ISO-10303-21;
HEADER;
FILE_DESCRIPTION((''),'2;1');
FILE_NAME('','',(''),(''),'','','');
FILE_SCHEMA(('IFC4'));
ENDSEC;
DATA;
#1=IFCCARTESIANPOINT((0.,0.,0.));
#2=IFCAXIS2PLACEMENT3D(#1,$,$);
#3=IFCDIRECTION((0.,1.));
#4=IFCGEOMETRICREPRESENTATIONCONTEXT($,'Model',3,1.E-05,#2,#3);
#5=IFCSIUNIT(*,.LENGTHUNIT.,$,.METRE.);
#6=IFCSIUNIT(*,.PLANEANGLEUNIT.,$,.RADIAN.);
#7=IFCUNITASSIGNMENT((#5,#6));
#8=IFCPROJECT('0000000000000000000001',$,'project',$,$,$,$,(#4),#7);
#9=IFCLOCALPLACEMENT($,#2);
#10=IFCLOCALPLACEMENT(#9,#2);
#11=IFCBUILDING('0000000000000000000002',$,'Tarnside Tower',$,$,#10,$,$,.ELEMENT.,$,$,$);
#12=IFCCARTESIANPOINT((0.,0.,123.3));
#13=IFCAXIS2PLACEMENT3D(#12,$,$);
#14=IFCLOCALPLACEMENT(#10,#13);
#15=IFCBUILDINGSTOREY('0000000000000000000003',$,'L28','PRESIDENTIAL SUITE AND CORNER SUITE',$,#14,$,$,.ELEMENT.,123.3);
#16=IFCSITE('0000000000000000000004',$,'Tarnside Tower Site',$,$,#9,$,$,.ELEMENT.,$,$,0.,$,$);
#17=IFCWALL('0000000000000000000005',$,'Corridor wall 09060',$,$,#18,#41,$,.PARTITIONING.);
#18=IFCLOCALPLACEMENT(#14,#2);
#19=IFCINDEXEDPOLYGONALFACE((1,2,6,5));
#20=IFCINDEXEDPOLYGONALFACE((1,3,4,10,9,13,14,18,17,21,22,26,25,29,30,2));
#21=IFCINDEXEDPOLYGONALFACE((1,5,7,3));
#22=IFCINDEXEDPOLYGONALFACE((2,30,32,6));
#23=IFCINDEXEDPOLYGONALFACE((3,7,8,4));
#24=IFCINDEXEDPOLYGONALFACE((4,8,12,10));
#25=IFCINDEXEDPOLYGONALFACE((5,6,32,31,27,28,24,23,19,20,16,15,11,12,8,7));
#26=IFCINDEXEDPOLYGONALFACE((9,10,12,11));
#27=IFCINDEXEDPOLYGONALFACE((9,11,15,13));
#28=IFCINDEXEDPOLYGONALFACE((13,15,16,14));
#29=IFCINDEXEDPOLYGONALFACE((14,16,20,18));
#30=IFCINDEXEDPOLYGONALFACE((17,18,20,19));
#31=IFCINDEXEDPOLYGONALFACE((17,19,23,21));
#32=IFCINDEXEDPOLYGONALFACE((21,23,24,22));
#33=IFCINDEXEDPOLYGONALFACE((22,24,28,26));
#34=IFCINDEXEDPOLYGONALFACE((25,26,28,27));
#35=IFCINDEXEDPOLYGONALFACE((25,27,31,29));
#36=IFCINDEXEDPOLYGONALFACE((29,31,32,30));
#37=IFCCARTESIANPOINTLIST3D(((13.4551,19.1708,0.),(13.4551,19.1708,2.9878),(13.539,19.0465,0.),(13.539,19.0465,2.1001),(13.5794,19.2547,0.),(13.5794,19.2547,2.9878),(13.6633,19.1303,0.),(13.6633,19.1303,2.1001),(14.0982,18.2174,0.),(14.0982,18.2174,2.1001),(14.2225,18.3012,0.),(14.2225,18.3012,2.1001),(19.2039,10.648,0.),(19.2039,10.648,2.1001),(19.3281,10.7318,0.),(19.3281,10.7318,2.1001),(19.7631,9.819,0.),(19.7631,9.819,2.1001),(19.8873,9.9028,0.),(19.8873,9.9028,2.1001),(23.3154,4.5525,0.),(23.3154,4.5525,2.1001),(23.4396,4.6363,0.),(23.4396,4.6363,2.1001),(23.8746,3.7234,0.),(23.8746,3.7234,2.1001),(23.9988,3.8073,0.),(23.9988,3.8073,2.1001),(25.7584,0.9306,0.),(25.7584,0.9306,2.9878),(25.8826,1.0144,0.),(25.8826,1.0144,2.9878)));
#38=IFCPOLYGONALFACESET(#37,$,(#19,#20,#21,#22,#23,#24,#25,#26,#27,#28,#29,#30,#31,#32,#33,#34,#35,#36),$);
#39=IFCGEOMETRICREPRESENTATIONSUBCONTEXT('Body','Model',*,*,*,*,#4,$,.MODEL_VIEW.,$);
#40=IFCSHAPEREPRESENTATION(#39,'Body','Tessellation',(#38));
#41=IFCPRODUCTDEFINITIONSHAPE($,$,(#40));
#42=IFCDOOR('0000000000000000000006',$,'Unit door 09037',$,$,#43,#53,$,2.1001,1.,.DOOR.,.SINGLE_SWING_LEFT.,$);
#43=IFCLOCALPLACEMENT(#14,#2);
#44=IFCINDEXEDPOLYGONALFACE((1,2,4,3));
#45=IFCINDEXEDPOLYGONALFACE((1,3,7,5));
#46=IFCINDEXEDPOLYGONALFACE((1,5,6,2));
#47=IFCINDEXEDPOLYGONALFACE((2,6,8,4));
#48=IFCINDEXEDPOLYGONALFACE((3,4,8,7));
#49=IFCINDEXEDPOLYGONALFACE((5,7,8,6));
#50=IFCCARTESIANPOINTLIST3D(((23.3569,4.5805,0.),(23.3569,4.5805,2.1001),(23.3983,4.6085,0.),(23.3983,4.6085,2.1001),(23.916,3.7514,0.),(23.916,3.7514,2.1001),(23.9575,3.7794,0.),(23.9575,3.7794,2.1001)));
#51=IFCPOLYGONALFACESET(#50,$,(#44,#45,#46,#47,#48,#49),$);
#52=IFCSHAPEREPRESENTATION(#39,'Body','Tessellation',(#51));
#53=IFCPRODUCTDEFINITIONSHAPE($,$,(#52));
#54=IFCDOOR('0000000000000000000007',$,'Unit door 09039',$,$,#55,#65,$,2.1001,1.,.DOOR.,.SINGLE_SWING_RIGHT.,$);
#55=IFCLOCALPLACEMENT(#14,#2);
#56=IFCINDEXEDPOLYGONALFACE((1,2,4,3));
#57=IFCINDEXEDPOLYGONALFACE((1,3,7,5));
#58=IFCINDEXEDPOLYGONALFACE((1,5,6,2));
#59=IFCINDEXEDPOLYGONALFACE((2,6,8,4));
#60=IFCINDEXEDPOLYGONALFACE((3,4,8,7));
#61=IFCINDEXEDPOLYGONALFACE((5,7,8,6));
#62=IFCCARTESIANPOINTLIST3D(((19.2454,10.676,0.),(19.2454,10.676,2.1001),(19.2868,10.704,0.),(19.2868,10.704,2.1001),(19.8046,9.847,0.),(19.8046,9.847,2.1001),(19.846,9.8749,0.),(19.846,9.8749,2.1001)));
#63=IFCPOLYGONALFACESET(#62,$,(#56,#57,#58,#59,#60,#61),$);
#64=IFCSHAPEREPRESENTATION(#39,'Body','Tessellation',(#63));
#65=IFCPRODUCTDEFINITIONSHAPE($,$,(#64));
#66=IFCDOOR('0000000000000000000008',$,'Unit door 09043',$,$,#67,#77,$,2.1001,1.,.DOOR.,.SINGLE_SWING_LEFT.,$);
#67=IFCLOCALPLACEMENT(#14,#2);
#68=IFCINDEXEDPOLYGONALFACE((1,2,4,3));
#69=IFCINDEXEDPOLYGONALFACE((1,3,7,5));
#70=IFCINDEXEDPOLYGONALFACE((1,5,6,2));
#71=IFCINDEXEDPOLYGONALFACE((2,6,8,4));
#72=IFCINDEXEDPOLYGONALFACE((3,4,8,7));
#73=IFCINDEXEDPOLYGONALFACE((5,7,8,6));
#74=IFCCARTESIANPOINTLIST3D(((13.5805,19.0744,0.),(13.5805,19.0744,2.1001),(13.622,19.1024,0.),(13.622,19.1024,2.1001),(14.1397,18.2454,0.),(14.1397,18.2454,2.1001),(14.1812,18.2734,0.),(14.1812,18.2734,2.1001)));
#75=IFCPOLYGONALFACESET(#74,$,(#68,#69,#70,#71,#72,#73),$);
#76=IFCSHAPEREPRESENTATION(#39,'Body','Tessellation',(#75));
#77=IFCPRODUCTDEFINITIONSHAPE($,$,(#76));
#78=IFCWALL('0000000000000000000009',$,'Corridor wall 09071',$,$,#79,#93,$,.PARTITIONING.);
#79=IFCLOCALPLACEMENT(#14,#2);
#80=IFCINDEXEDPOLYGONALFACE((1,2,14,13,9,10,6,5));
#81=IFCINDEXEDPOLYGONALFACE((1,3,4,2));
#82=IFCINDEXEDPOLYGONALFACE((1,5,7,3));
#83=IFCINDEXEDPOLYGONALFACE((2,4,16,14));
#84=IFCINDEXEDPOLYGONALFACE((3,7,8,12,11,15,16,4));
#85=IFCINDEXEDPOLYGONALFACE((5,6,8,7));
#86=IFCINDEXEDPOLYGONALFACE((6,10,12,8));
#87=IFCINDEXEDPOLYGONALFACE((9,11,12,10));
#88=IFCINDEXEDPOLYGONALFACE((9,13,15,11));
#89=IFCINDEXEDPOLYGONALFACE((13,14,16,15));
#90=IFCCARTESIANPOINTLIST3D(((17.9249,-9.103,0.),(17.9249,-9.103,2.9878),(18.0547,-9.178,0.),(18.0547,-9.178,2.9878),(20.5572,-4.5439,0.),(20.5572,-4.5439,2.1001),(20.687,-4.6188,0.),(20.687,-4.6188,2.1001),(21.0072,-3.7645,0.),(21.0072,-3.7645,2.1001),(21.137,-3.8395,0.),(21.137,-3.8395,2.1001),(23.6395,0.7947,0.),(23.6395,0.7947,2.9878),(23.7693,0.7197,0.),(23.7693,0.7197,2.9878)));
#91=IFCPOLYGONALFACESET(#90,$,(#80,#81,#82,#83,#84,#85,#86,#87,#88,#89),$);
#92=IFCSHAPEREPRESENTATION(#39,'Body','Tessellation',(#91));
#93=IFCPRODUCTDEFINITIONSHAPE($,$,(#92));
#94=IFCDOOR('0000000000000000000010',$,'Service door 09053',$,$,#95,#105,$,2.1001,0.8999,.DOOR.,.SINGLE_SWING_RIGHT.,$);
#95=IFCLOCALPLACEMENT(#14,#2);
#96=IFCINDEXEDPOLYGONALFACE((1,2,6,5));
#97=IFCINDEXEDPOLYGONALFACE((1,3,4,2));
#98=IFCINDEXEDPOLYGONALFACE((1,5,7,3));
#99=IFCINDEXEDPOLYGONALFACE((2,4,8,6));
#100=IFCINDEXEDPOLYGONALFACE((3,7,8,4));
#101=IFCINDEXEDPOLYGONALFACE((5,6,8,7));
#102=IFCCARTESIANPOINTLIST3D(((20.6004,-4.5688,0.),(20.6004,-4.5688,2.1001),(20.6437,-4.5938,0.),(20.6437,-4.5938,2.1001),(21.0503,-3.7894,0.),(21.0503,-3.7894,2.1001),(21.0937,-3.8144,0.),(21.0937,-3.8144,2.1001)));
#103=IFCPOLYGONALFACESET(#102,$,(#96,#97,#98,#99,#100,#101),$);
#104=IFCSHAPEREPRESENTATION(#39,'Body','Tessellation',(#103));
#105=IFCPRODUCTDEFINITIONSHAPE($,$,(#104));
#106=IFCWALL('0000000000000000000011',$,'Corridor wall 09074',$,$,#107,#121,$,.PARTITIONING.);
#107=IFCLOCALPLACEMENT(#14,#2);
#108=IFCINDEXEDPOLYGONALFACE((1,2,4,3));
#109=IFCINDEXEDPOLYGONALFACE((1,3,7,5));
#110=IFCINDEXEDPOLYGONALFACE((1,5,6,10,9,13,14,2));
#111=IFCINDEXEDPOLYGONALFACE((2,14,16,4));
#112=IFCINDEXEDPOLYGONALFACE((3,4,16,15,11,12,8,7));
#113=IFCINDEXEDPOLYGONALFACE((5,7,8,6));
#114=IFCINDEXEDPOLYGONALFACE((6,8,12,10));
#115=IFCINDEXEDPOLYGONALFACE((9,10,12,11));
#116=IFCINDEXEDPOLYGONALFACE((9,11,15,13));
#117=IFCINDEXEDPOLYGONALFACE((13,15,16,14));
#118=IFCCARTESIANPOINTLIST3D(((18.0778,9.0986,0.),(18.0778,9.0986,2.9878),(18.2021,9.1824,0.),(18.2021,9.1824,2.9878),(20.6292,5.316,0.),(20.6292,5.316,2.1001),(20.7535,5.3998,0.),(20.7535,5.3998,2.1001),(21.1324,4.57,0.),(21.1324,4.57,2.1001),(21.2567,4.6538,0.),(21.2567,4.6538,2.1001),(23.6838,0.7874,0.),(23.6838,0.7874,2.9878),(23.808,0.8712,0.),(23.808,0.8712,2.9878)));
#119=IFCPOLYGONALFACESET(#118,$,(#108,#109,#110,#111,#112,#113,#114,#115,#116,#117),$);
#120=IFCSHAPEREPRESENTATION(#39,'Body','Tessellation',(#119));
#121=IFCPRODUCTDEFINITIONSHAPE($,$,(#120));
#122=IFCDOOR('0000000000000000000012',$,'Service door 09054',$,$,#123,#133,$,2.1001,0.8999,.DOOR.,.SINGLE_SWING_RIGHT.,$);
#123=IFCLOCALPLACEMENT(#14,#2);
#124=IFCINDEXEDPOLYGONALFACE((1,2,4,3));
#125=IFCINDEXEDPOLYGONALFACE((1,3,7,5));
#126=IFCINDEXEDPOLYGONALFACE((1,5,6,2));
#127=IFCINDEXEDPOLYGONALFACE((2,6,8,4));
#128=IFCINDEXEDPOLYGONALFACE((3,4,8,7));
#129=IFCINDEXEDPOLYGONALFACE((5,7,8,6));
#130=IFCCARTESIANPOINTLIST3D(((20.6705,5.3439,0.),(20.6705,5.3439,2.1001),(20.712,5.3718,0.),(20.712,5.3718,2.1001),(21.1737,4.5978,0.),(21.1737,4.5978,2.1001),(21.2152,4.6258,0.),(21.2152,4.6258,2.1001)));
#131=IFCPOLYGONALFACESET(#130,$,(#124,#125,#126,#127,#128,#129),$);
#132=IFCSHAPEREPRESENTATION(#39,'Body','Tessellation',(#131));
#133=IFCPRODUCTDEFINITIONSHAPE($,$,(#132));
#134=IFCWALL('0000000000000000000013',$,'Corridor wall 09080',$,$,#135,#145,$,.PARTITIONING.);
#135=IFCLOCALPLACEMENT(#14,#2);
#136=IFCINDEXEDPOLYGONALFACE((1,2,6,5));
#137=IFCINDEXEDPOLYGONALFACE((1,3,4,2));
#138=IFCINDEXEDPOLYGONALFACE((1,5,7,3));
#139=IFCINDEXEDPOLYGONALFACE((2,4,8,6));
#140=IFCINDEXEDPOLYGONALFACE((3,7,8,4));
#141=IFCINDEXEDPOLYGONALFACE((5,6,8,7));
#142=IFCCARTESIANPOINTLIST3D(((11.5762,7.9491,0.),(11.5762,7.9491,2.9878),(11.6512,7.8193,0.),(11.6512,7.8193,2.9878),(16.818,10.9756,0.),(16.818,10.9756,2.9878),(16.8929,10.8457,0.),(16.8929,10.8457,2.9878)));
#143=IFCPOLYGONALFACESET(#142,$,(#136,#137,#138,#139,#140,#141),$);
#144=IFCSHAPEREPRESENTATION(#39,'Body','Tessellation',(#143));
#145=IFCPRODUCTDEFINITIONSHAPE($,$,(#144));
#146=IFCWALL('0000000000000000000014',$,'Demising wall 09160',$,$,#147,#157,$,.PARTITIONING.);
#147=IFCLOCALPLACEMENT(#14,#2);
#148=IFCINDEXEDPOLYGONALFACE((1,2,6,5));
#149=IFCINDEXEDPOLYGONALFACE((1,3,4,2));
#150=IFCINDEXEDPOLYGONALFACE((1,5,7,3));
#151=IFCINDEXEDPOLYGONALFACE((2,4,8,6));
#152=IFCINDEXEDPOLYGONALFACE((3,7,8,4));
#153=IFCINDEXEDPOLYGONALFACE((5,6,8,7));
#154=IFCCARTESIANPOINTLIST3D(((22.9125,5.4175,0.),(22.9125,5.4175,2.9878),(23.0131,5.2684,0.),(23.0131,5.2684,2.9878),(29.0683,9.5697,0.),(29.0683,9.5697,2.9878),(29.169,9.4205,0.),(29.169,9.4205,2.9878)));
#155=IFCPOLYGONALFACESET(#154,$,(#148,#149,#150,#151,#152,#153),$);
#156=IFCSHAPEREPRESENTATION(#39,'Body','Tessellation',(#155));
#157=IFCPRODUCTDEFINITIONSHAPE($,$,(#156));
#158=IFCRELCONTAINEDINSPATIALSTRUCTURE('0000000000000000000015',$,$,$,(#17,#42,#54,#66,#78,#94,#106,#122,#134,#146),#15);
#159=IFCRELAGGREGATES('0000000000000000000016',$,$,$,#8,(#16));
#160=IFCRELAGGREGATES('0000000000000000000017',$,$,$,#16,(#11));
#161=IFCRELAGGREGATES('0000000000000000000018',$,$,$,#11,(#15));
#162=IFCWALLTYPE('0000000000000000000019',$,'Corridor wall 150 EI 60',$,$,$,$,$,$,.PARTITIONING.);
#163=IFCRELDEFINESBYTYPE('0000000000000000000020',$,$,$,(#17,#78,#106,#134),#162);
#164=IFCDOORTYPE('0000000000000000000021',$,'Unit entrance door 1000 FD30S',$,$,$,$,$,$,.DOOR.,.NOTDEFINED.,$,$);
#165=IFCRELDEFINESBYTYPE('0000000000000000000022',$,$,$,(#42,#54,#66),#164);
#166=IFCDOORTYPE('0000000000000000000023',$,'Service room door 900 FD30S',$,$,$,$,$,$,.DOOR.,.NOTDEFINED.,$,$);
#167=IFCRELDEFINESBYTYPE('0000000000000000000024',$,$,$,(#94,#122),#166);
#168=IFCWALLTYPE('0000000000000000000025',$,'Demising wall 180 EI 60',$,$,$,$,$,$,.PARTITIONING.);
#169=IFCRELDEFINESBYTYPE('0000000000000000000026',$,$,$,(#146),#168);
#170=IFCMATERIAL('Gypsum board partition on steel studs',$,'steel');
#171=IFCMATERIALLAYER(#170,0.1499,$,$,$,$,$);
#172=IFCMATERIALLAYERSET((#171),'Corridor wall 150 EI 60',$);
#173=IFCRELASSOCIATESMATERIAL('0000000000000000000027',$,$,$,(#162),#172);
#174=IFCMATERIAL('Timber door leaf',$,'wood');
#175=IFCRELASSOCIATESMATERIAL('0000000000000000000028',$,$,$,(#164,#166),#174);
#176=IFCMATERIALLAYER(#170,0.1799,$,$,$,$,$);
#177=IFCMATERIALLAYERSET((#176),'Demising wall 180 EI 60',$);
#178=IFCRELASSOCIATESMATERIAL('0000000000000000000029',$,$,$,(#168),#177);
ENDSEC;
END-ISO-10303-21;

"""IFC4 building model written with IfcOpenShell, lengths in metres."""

from ifc_helpers import new_model, si_unit, direction, frame, frame_2d, origin, place, context, subcontext, project, spatial, rectangle, extrude, material, layer, layer_set, type_object, element, fill, save


model = new_model("IFC4")

# Units and contexts
model_context = context("Model", 3, precision=1e-05, world=origin(), true_north=direction((0.0, 1.0)))
body_context = subcontext(model_context, "Body", "Model", "MODEL_VIEW")
ifc_project = project(units=[si_unit("LENGTHUNIT", "METRE"), si_unit("PLANEANGLEUNIT", "RADIAN")], contexts=[model_context])

# Site, building, storey
site_placement = place(None, origin())
site = spatial("IfcSite", under=ifc_project, at=site_placement, Name="Tarnside Tower Site", CompositionType="ELEMENT", RefElevation=0.0)
building_placement = place(site_placement, origin())
building = spatial("IfcBuilding", under=site, at=building_placement, Name="Tarnside Tower", CompositionType="ELEMENT")
storey_placement = place(building_placement, frame((0.0, 0.0, 123.3)))
storey = spatial("IfcBuildingStorey", under=building, at=storey_placement, Name="L28", Description="PRESIDENTIAL SUITE AND CORNER SUITE", CompositionType="ELEMENT", Elevation=123.3)

# Shared definitions
ifc_material_1 = material(Name="Gypsum board partition on steel studs", Category="steel")
ifc_material_2 = material(Name="Timber door leaf", Category="wood")

# Wall, openings, doors
ifc_layer_1 = layer(ifc_material_1, 0.1499)
ifc_layer_set_1 = layer_set([ifc_layer_1], Name="Corridor wall 150 EI 60")
wall_type_1 = type_object("IfcWallType", Name="Corridor wall 150 EI 60", PredefinedType="PARTITIONING", material=ifc_layer_set_1)
wall_1_placement = place(storey_placement, frame((25.8206, 0.9724, 0.0), z_axis=(0.0, 0.0, 1.0), x_axis=(-0.559194, 0.829037, 0.0)))
wall_1 = element("IfcWall", 1, at=wall_1_placement, inside=storey, type_object=wall_type_1, Name="Corridor wall 09060", PredefinedType="PARTITIONING", context=body_context, shape_type="SweptSolid", body=[
    extrude(rectangle(XDim=22.0017, YDim=0.1499, at=frame_2d((11.001, 0.0))), origin(), (0.0, 0.0, 1.0), 2.9878),
])
opening_1_placement = place(wall_1_placement, frame((3.3689, 0.0, 0.0)))
opening_1 = element("IfcOpeningElement", 2, at=opening_1_placement, cuts=wall_1, PredefinedType="OPENING", context=body_context, shape_type="SweptSolid", body=[
    extrude(rectangle(XDim=1.0, YDim=2.1001, at=frame_2d((0.5, 1.05))), frame((0.0, 0.085, 0.0), z_axis=(0.0, -1.0, 0.0), x_axis=(1.0, 0.0, 0.0)), (0.0, 0.0, 1.0), 0.1699),
])
opening_2_placement = place(wall_1_placement, frame((10.7214, 0.0, 0.0)))
opening_2 = element("IfcOpeningElement", 3, at=opening_2_placement, cuts=wall_1, PredefinedType="OPENING", context=body_context, shape_type="SweptSolid", body=[
    extrude(rectangle(XDim=1.0, YDim=2.1001, at=frame_2d((0.5, 1.05))), frame((0.0, 0.085, 0.0), z_axis=(0.0, -1.0, 0.0), x_axis=(1.0, 0.0, 0.0)), (0.0, 0.0, 1.0), 0.1699),
])
opening_3_placement = place(wall_1_placement, frame((20.8518, 0.0, 0.0)))
opening_3 = element("IfcOpeningElement", 4, at=opening_3_placement, cuts=wall_1, PredefinedType="OPENING", context=body_context, shape_type="SweptSolid", body=[
    extrude(rectangle(XDim=1.0, YDim=2.1001, at=frame_2d((0.5, 1.05))), frame((0.0, 0.085, 0.0), z_axis=(0.0, -1.0, 0.0), x_axis=(1.0, 0.0, 0.0)), (0.0, 0.0, 1.0), 0.1699),
])
door_type_1 = type_object("IfcDoorType", Name="Unit entrance door 1000 FD30S", OperationType="NOTDEFINED", PredefinedType="DOOR", material=ifc_material_2)
door_1_placement = place(opening_1_placement, origin())
door_1 = element("IfcDoor", 5, at=door_1_placement, inside=storey, type_object=door_type_1, Name="Unit door 09037", OperationType="SINGLE_SWING_LEFT", OverallHeight=2.1001, OverallWidth=1.0, PredefinedType="DOOR", context=body_context, shape_type="SweptSolid", body=[
    extrude(rectangle(XDim=1.0, YDim=2.1001, at=frame_2d((0.5, 1.05))), frame((0.0, 0.0249, 0.0), z_axis=(0.0, -1.0, 0.0), x_axis=(1.0, 0.0, 0.0)), (0.0, 0.0, 1.0), 0.05),
])
fill(opening_1, door_1)
door_2_placement = place(opening_2_placement, origin())
door_2 = element("IfcDoor", 6, at=door_2_placement, inside=storey, type_object=door_type_1, Name="Unit door 09039", OperationType="SINGLE_SWING_RIGHT", OverallHeight=2.1001, OverallWidth=1.0, PredefinedType="DOOR", context=body_context, shape_type="SweptSolid", body=[
    extrude(rectangle(XDim=1.0, YDim=2.1001, at=frame_2d((0.5, 1.05))), frame((0.0, 0.0249, 0.0), z_axis=(0.0, -1.0, 0.0), x_axis=(1.0, 0.0, 0.0)), (0.0, 0.0, 1.0), 0.05),
])
fill(opening_2, door_2)
door_3_placement = place(opening_3_placement, origin())
door_3 = element("IfcDoor", 7, at=door_3_placement, inside=storey, type_object=door_type_1, Name="Unit door 09043", OperationType="SINGLE_SWING_LEFT", OverallHeight=2.1001, OverallWidth=1.0, PredefinedType="DOOR", context=body_context, shape_type="SweptSolid", body=[
    extrude(rectangle(XDim=1.0, YDim=2.1001, at=frame_2d((0.5, 1.05))), frame((0.0, 0.0249, 0.0), z_axis=(0.0, -1.0, 0.0), x_axis=(1.0, 0.0, 0.0)), (0.0, 0.0, 1.0), 0.05),
])
fill(opening_3, door_3)

# Walls, openings, doors
wall_2_placement = place(storey_placement, frame((23.7043, 0.7571, 0.0), z_axis=(0.0, 0.0, 1.0), x_axis=(-0.50001, -0.866019, 0.0)))
wall_2 = element("IfcWall", 8, at=wall_2_placement, inside=storey, type_object=wall_type_1, Name="Corridor wall 09071", PredefinedType="PARTITIONING", context=body_context, shape_type="SweptSolid", body=[
    extrude(rectangle(XDim=11.429, YDim=0.1499, at=frame_2d((5.7144, 0.0))), origin(), (0.0, 0.0, 1.0), 2.9878),
])
opening_4_placement = place(wall_2_placement, frame((5.2644, 0.0, 0.0)))
opening_4 = element("IfcOpeningElement", 9, at=opening_4_placement, cuts=wall_2, PredefinedType="OPENING", context=body_context, shape_type="SweptSolid", body=[
    extrude(rectangle(XDim=0.8999, YDim=2.1001, at=frame_2d((0.45, 1.05))), frame((0.0, 0.085, 0.0), z_axis=(0.0, -1.0, 0.0), x_axis=(1.0, 0.0, 0.0)), (0.0, 0.0, 1.0), 0.1699),
])
door_type_2 = type_object("IfcDoorType", Name="Service room door 900 FD30S", OperationType="NOTDEFINED", PredefinedType="DOOR", material=ifc_material_2)
door_4_placement = place(opening_4_placement, origin())
door_4 = element("IfcDoor", 10, at=door_4_placement, inside=storey, type_object=door_type_2, Name="Service door 09053", OperationType="SINGLE_SWING_RIGHT", OverallHeight=2.1001, OverallWidth=0.8999, PredefinedType="DOOR", context=body_context, shape_type="SweptSolid", body=[
    extrude(rectangle(XDim=0.8999, YDim=2.1001, at=frame_2d((0.45, 1.05))), frame((0.0, 0.0249, 0.0), z_axis=(0.0, -1.0, 0.0), x_axis=(1.0, 0.0, 0.0)), (0.0, 0.0, 1.0), 0.05),
])
fill(opening_4, door_4)
wall_3_placement = place(storey_placement, frame((18.1399, 9.1406, 0.0), z_axis=(0.0, 0.0, 1.0), x_axis=(0.559188, -0.829041, 0.0)))
wall_3 = element("IfcWall", 11, at=wall_3_placement, inside=storey, type_object=wall_type_1, Name="Corridor wall 09074", PredefinedType="PARTITIONING", context=body_context, shape_type="SweptSolid", body=[
    extrude(rectangle(XDim=10.0251, YDim=0.1499, at=frame_2d((5.0127, 0.0))), origin(), (0.0, 0.0, 1.0), 2.9878),
])
opening_5_placement = place(wall_3_placement, frame((4.5627, 0.0, 0.0)))
opening_5 = element("IfcOpeningElement", 12, at=opening_5_placement, cuts=wall_3, PredefinedType="OPENING", context=body_context, shape_type="SweptSolid", body=[
    extrude(rectangle(XDim=0.8999, YDim=2.1001, at=frame_2d((0.45, 1.05))), frame((0.0, 0.085, 0.0), z_axis=(0.0, -1.0, 0.0), x_axis=(1.0, 0.0, 0.0)), (0.0, 0.0, 1.0), 0.1699),
])
door_5_placement = place(opening_5_placement, origin())
door_5 = element("IfcDoor", 13, at=door_5_placement, inside=storey, type_object=door_type_2, Name="Service door 09054", OperationType="SINGLE_SWING_RIGHT", OverallHeight=2.1001, OverallWidth=0.8999, PredefinedType="DOOR", context=body_context, shape_type="SweptSolid", body=[
    extrude(rectangle(XDim=0.8999, YDim=2.1001, at=frame_2d((0.45, 1.05))), frame((0.0, 0.0249, 0.0), z_axis=(0.0, -1.0, 0.0), x_axis=(1.0, 0.0, 0.0)), (0.0, 0.0, 1.0), 0.05),
])
fill(opening_5, door_5)

# Walls
wall_4_placement = place(storey_placement, frame((16.8555, 10.9106, 0.0), z_axis=(0.0, 0.0, 1.0), x_axis=(-0.86602, -0.500009, 0.0)))
element("IfcWall", 14, at=wall_4_placement, inside=storey, type_object=wall_type_1, Name="Corridor wall 09080", PredefinedType="PARTITIONING", context=body_context, shape_type="SweptSolid", body=[
    extrude(rectangle(XDim=6.0527, YDim=0.1499, at=frame_2d((3.0264, 0.0))), origin(), (0.0, 0.0, 1.0), 2.9878),
])
ifc_layer_2 = layer(ifc_material_1, 0.1799)
ifc_layer_set_2 = layer_set([ifc_layer_2], Name="Demising wall 180 EI 60")
wall_type_2 = type_object("IfcWallType", Name="Demising wall 180 EI 60", PredefinedType="PARTITIONING", material=ifc_layer_set_2)
wall_5_placement = place(storey_placement, frame((29.1187, 9.4951, 0.0), z_axis=(0.0, 0.0, 1.0), x_axis=(-0.829038, -0.559192, 0.0)))
element("IfcWall", 15, at=wall_5_placement, inside=storey, type_object=wall_type_2, Name="Demising wall 09160", PredefinedType="PARTITIONING", context=body_context, shape_type="SweptSolid", body=[
    extrude(rectangle(XDim=7.4253, YDim=0.1799, at=frame_2d((3.7126, 0.0))), origin(), (0.0, 0.0, 1.0), 2.9878),
])

save(model, "model.ifc")
